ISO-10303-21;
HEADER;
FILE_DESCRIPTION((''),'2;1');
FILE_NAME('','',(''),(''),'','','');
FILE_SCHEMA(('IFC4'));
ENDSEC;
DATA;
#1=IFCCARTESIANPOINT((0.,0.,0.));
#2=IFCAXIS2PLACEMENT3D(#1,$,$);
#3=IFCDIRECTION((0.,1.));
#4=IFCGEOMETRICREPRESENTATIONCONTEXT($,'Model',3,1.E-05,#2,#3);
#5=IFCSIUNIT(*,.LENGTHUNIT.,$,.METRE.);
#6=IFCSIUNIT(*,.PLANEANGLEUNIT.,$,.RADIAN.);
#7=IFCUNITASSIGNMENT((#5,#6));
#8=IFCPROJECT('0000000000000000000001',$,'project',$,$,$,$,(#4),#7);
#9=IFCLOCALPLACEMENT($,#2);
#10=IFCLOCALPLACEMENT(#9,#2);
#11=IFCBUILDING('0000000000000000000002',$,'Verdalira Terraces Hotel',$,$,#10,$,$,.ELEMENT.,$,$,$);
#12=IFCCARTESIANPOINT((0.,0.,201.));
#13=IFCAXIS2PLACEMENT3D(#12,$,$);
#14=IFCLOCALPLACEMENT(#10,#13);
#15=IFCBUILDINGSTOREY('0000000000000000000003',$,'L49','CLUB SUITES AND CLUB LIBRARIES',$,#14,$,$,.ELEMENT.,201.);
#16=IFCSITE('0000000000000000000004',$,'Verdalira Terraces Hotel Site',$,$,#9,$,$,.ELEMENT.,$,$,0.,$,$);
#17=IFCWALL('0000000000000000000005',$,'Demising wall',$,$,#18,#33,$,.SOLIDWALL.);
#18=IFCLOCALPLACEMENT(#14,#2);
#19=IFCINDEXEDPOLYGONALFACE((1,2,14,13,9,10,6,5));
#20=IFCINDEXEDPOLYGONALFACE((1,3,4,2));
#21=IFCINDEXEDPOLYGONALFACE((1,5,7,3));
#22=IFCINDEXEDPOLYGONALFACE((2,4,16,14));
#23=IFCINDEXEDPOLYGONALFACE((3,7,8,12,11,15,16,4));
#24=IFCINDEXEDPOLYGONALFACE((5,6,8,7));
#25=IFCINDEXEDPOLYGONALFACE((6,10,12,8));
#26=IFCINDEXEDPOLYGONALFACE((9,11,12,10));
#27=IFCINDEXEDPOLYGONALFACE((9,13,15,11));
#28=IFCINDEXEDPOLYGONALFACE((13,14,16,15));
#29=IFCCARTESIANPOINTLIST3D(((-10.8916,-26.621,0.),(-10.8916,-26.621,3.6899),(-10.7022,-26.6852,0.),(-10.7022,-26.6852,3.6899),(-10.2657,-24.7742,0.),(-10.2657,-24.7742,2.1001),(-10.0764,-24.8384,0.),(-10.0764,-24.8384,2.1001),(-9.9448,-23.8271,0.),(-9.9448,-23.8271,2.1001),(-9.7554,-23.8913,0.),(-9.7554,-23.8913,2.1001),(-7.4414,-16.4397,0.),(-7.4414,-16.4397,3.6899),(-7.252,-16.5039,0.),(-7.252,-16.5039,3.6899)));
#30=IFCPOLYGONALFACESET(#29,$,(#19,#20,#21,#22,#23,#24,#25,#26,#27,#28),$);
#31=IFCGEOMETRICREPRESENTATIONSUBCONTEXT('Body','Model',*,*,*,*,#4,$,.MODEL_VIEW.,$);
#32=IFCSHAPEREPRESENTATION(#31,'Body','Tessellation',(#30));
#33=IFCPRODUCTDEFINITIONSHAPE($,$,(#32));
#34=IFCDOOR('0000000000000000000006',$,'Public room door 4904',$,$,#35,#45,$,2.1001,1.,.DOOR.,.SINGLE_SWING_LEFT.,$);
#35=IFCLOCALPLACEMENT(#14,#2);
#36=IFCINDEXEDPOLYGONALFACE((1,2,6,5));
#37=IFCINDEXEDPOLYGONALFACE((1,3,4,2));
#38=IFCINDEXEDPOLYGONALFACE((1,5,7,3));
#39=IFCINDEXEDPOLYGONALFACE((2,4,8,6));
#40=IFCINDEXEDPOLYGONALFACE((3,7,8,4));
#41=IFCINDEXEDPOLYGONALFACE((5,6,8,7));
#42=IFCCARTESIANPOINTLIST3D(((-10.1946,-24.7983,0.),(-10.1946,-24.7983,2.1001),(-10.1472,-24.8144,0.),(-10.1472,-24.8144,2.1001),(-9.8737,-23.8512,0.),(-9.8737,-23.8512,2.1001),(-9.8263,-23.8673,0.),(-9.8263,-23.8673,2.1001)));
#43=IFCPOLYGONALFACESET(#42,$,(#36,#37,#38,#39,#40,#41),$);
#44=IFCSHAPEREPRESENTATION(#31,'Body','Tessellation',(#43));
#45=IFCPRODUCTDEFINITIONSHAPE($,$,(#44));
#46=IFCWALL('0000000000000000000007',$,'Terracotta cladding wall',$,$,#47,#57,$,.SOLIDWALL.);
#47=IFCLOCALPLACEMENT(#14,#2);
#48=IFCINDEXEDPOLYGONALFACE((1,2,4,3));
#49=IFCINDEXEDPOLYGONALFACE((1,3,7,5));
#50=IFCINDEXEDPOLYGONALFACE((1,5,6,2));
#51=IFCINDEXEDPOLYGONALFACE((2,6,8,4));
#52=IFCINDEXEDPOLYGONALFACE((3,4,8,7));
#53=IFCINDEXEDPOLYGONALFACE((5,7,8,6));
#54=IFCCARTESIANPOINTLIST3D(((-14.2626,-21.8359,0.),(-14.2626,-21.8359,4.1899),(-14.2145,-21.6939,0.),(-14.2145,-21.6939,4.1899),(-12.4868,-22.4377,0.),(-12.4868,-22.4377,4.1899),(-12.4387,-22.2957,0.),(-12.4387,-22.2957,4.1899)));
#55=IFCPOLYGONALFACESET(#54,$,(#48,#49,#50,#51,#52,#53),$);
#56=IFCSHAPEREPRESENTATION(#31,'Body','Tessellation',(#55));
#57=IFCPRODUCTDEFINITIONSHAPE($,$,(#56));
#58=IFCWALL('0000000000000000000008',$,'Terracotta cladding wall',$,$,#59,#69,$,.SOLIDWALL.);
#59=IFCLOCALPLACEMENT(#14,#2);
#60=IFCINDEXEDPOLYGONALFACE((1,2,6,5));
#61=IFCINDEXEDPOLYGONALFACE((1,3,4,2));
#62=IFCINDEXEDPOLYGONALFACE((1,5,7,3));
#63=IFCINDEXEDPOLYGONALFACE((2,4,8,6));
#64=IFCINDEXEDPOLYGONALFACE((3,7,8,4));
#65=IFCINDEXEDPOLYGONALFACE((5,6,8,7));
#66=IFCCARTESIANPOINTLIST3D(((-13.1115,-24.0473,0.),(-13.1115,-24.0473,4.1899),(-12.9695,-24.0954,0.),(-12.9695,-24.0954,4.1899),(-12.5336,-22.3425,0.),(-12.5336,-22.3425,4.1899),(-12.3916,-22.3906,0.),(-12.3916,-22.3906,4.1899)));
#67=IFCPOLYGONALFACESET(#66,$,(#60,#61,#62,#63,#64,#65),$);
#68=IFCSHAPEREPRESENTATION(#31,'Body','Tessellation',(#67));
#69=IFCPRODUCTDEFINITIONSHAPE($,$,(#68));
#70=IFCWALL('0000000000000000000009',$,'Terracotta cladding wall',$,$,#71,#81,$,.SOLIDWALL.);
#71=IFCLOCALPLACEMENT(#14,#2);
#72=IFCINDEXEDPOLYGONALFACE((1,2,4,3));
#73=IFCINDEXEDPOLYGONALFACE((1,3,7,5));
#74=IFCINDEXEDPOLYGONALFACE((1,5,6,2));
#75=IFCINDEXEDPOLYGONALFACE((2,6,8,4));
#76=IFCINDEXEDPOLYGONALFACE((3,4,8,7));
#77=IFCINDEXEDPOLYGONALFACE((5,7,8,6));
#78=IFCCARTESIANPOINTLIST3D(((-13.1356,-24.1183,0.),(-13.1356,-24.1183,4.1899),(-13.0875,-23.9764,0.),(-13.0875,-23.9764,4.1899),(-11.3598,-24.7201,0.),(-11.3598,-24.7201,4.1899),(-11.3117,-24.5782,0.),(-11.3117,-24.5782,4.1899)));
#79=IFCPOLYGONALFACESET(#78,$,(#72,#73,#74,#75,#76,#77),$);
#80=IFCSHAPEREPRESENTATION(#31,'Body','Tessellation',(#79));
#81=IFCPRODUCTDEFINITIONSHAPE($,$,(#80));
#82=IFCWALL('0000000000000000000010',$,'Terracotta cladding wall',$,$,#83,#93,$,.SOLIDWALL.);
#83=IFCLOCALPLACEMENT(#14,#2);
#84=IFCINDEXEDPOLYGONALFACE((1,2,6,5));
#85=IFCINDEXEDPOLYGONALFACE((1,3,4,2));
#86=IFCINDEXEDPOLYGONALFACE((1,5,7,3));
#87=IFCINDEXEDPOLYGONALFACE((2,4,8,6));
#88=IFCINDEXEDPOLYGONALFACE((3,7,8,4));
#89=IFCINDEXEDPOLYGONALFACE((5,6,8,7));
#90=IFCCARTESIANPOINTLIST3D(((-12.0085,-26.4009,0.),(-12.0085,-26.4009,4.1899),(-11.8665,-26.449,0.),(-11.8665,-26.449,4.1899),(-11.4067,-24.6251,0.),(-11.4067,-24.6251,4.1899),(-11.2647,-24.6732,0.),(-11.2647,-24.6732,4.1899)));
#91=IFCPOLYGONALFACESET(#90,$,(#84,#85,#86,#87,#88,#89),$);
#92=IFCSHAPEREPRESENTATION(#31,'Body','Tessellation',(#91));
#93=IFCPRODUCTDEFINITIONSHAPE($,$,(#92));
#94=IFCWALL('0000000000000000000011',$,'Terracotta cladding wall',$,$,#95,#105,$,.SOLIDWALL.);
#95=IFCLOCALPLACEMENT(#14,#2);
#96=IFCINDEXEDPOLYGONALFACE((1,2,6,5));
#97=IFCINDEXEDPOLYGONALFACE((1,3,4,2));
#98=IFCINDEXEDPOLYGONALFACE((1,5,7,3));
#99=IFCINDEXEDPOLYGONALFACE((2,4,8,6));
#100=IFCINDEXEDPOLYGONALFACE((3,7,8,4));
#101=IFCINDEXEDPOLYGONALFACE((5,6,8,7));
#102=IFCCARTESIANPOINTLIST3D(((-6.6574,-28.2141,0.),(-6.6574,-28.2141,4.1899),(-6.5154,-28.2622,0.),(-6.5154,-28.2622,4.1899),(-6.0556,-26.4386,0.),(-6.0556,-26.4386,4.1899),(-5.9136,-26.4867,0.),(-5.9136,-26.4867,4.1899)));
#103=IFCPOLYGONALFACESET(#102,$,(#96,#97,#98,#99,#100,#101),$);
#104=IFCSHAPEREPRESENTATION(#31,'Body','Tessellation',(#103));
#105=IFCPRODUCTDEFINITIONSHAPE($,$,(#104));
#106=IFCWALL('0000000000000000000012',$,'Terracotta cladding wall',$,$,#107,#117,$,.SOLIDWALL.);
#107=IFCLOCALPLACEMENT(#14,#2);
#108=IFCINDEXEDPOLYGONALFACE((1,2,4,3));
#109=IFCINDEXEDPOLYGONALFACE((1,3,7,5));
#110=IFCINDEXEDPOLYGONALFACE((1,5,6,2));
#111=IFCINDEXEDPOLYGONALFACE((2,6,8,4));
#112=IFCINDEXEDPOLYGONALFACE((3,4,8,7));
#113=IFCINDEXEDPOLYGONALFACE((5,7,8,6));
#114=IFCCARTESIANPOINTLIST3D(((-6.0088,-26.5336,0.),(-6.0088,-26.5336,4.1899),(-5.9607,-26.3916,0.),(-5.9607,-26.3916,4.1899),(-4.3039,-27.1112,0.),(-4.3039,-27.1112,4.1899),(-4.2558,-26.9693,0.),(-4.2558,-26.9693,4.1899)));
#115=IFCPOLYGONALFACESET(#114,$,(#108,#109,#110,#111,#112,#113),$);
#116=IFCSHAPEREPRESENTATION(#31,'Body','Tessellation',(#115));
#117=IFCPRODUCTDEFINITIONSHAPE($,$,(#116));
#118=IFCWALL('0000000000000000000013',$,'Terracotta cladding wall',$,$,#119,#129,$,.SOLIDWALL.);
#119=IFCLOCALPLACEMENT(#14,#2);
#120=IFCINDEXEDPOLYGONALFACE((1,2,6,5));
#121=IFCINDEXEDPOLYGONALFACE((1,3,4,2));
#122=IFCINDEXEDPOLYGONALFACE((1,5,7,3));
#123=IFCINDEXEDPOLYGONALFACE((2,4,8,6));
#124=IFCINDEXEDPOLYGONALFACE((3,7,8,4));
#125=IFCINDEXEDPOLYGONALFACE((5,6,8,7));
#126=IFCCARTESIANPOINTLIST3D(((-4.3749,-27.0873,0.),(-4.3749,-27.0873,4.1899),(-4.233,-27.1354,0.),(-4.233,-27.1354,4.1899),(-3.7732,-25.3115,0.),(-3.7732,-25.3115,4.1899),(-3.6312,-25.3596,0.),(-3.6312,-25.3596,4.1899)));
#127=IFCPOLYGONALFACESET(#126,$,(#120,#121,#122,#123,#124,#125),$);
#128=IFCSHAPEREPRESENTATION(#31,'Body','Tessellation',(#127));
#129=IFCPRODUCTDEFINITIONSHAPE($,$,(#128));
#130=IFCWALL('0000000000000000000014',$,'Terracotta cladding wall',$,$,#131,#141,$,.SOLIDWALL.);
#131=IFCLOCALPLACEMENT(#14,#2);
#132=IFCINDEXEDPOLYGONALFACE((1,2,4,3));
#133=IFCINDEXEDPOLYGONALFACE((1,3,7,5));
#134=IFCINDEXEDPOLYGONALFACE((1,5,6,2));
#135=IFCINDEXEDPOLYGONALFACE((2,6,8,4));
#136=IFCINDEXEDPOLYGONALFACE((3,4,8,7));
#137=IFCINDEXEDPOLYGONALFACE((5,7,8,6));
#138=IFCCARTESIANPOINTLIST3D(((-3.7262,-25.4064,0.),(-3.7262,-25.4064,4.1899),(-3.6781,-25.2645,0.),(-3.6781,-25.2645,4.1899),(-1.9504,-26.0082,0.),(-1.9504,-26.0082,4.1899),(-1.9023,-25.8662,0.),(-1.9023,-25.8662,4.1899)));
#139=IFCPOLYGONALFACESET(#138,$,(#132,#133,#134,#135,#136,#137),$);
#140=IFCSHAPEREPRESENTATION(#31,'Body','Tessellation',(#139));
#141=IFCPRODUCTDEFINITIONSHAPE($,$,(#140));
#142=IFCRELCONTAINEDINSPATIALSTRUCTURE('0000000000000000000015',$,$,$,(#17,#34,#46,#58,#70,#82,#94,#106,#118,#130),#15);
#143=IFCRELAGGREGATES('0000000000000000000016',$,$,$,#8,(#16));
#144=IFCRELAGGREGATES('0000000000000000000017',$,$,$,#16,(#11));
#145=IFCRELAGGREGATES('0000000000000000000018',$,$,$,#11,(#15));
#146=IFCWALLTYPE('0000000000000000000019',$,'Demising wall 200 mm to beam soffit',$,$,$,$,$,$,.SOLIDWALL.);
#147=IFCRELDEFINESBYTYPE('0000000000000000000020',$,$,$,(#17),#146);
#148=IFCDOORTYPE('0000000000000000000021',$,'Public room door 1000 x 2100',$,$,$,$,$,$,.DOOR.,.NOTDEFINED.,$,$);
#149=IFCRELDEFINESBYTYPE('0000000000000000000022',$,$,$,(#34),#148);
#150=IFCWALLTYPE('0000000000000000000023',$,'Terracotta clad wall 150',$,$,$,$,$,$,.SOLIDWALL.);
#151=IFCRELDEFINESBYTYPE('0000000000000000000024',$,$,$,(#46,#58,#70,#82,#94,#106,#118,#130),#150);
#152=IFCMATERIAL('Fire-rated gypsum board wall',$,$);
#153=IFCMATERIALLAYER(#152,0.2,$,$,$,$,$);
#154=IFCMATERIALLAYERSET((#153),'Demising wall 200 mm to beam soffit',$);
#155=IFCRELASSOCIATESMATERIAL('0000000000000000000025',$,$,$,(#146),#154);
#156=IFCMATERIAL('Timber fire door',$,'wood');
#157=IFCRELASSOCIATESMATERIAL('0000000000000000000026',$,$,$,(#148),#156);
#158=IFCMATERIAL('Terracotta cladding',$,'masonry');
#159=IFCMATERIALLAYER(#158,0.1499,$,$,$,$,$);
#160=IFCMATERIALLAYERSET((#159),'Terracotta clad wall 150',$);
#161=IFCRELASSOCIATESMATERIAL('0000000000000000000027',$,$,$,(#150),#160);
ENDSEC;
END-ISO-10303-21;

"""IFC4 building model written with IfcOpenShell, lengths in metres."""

from ifc_helpers import new_model, si_unit, direction, frame, frame_2d, origin, place, context, subcontext, project, spatial, rectangle, extrude, material, layer, layer_set, type_object, element, fill, save


model = new_model("IFC4")

# Units and contexts
model_context = context("Model", 3, precision=1e-05, world=origin(), true_north=direction((0.0, 1.0)))
body_context = subcontext(model_context, "Body", "Model", "MODEL_VIEW")
ifc_project = project(units=[si_unit("LENGTHUNIT", "METRE"), si_unit("PLANEANGLEUNIT", "RADIAN")], contexts=[model_context])

# Site, building, storey
site_placement = place(None, origin())
site = spatial("IfcSite", under=ifc_project, at=site_placement, Name="Verdalira Terraces Hotel Site", CompositionType="ELEMENT", RefElevation=0.0)
building_placement = place(site_placement, origin())
building = spatial("IfcBuilding", under=site, at=building_placement, Name="Verdalira Terraces Hotel", CompositionType="ELEMENT")
storey_placement = place(building_placement, frame((0.0, 0.0, 201.0)))
storey = spatial("IfcBuildingStorey", under=building, at=storey_placement, Name="L49", Description="CLUB SUITES AND CLUB LIBRARIES", CompositionType="ELEMENT", Elevation=201.0)

# Wall, opening, door
ifc_material_1 = material(Name="Fire-rated gypsum board wall")
ifc_layer_1 = layer(ifc_material_1, 0.2)
ifc_layer_set_1 = layer_set([ifc_layer_1], Name="Demising wall 200 mm to beam soffit")
wall_type_1 = type_object("IfcWallType", Name="Demising wall 200 mm to beam soffit", PredefinedType="SOLIDWALL", material=ifc_layer_set_1)
wall_1_placement = place(storey_placement, frame((-10.7969, -26.6531, 0.0), z_axis=(0.0, 0.0, 1.0), x_axis=(0.320945, 0.947098, 0.0)))
wall_1 = element("IfcWall", 1, at=wall_1_placement, inside=storey, type_object=wall_type_1, Name="Demising wall", PredefinedType="SOLIDWALL", context=body_context, shape_type="SweptSolid", body=[
    extrude(rectangle(XDim=10.75, YDim=0.2, at=frame_2d((5.375, 0.0))), origin(), (0.0, 0.0, 1.0), 3.6899),
])
opening_placement = place(wall_1_placement, frame((1.95, 0.0, 0.0)))
opening = element("IfcOpeningElement", 2, at=opening_placement, cuts=wall_1, PredefinedType="OPENING", context=body_context, shape_type="SweptSolid", body=[
    extrude(rectangle(XDim=1.0, YDim=2.1001, at=frame_2d((0.5, 1.05))), frame((0.0, 0.1099, 0.0), z_axis=(0.0, -1.0, 0.0), x_axis=(1.0, 0.0, 0.0)), (0.0, 0.0, 1.0), 0.22),
])
ifc_material_2 = material(Name="Timber fire door", Category="wood")
door_type = type_object("IfcDoorType", Name="Public room door 1000 x 2100", OperationType="NOTDEFINED", PredefinedType="DOOR", material=ifc_material_2)
door_placement = place(opening_placement, origin())
door = element("IfcDoor", 3, at=door_placement, inside=storey, type_object=door_type, Name="Public room door 4904", OperationType="SINGLE_SWING_LEFT", OverallHeight=2.1001, OverallWidth=1.0, PredefinedType="DOOR", context=body_context, shape_type="SweptSolid", body=[
    extrude(rectangle(XDim=1.0, YDim=2.1001, at=frame_2d((0.5, 1.05))), frame((0.0, 0.0249, 0.0), z_axis=(0.0, -1.0, 0.0), x_axis=(1.0, 0.0, 0.0)), (0.0, 0.0, 1.0), 0.05),
])
fill(opening, door)

# Walls
ifc_material_3 = material(Name="Terracotta cladding", Category="masonry")
ifc_layer_2 = layer(ifc_material_3, 0.1499)
ifc_layer_set_2 = layer_set([ifc_layer_2], Name="Terracotta clad wall 150")
wall_type_2 = type_object("IfcWallType", Name="Terracotta clad wall 150", PredefinedType="SOLIDWALL", material=ifc_layer_set_2)
wall_2_placement = place(storey_placement, frame((-14.2385, -21.7649, 0.0), z_axis=(0.0, 0.0, 1.0), x_axis=(0.947096, -0.32095, 0.0)))
element("IfcWall", 4, at=wall_2_placement, inside=storey, type_object=wall_type_2, Name="Terracotta cladding wall", PredefinedType="SOLIDWALL", context=body_context, shape_type="SweptSolid", body=[
    extrude(rectangle(XDim=1.875, YDim=0.1499, at=frame_2d((0.9375, 0.0))), origin(), (0.0, 0.0, 1.0), 4.1899),
])
wall_3_placement = place(storey_placement, frame((-12.4626, -22.3667, 0.0), z_axis=(0.0, 0.0, 1.0), x_axis=(-0.321025, -0.947071, 0.0)))
element("IfcWall", 5, at=wall_3_placement, inside=storey, type_object=wall_type_2, Name="Terracotta cladding wall", PredefinedType="SOLIDWALL", context=body_context, shape_type="SweptSolid", body=[
    extrude(rectangle(XDim=1.8, YDim=0.1499, at=frame_2d((0.8999, 0.0))), origin(), (0.0, 0.0, 1.0), 4.1899),
])
for number, where, z_axis, x_axis, name in (
    (6, (-13.1116, -24.0474, 0.0), (0.0, 0.0, 1.0), (0.947096, -0.32095, 0.0), "Terracotta cladding wall"),
    (7, (-11.3357, -24.6492, 0.0), (0.0, 0.0, 1.0), (-0.32095, -0.947096, 0.0), "Terracotta cladding wall"),
):
    element("IfcWall", number, at=place(storey_placement, frame(where, z_axis=z_axis, x_axis=x_axis)), inside=storey, type_object=wall_type_2, Name=name, PredefinedType="SOLIDWALL", context=body_context, shape_type="SweptSolid", body=[
        extrude(rectangle(XDim=1.875, YDim=0.1499, at=frame_2d((0.9375, 0.0))), origin(), (0.0, 0.0, 1.0), 4.1899),
    ])
wall_4_placement = place(storey_placement, frame((-6.5864, -28.2383, 0.0), z_axis=(0.0, 0.0, 1.0), x_axis=(0.32099, 0.947083, 0.0)))
element("IfcWall", 8, at=wall_4_placement, inside=storey, type_object=wall_type_2, Name="Terracotta cladding wall", PredefinedType="SOLIDWALL", context=body_context, shape_type="SweptSolid", body=[
    extrude(rectangle(XDim=1.8748, YDim=0.1499, at=frame_2d((0.9375, 0.0))), origin(), (0.0, 0.0, 1.0), 4.1899),
])
wall_5_placement = place(storey_placement, frame((-5.9846, -26.4626, 0.0), z_axis=(0.0, 0.0, 1.0), x_axis=(0.947112, -0.320903, 0.0)))
element("IfcWall", 9, at=wall_5_placement, inside=storey, type_object=wall_type_2, Name="Terracotta cladding wall", PredefinedType="SOLIDWALL", context=body_context, shape_type="SweptSolid", body=[
    extrude(rectangle(XDim=1.8, YDim=0.1499, at=frame_2d((0.8999, 0.0))), origin(), (0.0, 0.0, 1.0), 4.1899),
])
for number, where, z_axis, x_axis, name in (
    (10, (-4.304, -27.1113, 0.0), (0.0, 0.0, 1.0), (0.32095, 0.947096, 0.0), "Terracotta cladding wall"),
    (11, (-3.7021, -25.3354, 0.0), (0.0, 0.0, 1.0), (0.947096, -0.32095, 0.0), "Terracotta cladding wall"),
):
    element("IfcWall", number, at=place(storey_placement, frame(where, z_axis=z_axis, x_axis=x_axis)), inside=storey, type_object=wall_type_2, Name=name, PredefinedType="SOLIDWALL", context=body_context, shape_type="SweptSolid", body=[
        extrude(rectangle(XDim=1.875, YDim=0.1499, at=frame_2d((0.9375, 0.0))), origin(), (0.0, 0.0, 1.0), 4.1899),
    ])

save(model, "model.ifc")
